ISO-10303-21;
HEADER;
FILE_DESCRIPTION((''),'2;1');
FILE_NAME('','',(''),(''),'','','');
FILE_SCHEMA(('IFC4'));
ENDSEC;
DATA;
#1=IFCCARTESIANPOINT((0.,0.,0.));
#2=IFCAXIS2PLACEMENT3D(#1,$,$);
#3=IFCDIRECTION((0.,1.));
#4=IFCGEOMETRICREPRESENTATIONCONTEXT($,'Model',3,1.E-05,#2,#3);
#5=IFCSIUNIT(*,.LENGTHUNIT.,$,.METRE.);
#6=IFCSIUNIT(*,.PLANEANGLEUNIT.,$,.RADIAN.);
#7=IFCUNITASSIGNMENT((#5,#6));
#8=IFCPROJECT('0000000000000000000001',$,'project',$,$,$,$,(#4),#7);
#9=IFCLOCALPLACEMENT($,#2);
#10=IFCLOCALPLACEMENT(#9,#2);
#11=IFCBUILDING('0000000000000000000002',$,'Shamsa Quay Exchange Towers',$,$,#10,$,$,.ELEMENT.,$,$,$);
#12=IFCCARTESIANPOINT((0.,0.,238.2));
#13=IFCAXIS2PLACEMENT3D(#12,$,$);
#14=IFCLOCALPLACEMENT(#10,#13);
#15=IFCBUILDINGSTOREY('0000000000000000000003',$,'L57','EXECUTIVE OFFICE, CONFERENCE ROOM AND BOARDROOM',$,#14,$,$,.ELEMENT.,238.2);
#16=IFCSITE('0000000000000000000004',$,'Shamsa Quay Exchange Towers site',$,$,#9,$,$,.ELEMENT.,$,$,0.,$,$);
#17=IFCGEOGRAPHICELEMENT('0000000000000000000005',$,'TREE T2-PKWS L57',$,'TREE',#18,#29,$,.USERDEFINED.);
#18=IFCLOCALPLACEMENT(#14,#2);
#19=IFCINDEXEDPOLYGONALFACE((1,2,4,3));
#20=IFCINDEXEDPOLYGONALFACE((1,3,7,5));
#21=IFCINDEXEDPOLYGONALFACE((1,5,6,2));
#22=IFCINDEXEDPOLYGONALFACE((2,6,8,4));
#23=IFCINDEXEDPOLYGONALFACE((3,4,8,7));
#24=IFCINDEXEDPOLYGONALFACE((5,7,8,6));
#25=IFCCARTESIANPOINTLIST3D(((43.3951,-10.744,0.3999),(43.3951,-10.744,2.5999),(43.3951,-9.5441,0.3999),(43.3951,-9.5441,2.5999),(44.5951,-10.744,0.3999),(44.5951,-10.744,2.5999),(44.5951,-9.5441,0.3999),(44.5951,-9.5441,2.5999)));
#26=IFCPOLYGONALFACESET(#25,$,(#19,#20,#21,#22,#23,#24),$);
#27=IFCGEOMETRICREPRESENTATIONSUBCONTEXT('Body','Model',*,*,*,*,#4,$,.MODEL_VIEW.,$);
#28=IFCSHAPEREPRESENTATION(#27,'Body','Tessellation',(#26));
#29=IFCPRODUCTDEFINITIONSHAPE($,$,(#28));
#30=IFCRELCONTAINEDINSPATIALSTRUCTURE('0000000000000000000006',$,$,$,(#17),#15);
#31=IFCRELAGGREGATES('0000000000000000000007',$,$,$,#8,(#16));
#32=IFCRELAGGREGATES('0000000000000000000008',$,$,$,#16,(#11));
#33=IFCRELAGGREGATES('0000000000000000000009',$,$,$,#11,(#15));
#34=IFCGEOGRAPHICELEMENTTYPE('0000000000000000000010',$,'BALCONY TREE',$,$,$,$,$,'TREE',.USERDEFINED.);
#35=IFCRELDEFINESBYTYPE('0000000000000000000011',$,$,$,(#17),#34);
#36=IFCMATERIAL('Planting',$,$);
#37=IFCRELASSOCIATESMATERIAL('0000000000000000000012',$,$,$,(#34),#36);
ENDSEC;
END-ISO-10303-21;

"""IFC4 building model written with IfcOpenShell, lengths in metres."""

from ifc_helpers import new_model, si_unit, direction, frame, origin, origin_2d, place, context, subcontext, project, spatial, rectangle, extrude, material, type_object, element, save


model = new_model("IFC4")

# Units and contexts
model_context = context("Model", 3, precision=1e-05, world=origin(), true_north=direction((0.0, 1.0)))
body_context = subcontext(model_context, "Body", "Model", "MODEL_VIEW")
ifc_project = project(units=[si_unit("LENGTHUNIT", "METRE"), si_unit("PLANEANGLEUNIT", "RADIAN")], contexts=[model_context])

# Site, building, storey
site_placement = place(None, origin())
site = spatial("IfcSite", under=ifc_project, at=site_placement, Name="Shamsa Quay Exchange Towers site", CompositionType="ELEMENT", RefElevation=0.0)
building_placement = place(site_placement, origin())
building = spatial("IfcBuilding", under=site, at=building_placement, Name="Shamsa Quay Exchange Towers", CompositionType="ELEMENT")
storey_placement = place(building_placement, frame((0.0, 0.0, 238.2)))
storey = spatial("IfcBuildingStorey", under=building, at=storey_placement, Name="L57", Description="EXECUTIVE OFFICE, CONFERENCE ROOM AND BOARDROOM", CompositionType="ELEMENT", Elevation=238.2)

# Geographic element
ifc_material_1 = material(Name="Planting")
geographic_element_type = type_object("IfcGeographicElementType", Name="BALCONY TREE", ElementType="TREE", PredefinedType="USERDEFINED", material=ifc_material_1)
geographic_element_placement = place(storey_placement, frame((43.9951, -10.144, 0.3999), z_axis=(0.0, 0.0, 1.0), x_axis=(0.0, 1.0, 0.0)))
element("IfcGeographicElement", 1, at=geographic_element_placement, inside=storey, type_object=geographic_element_type, Name="TREE T2-PKWS L57", ObjectType="TREE", PredefinedType="USERDEFINED", context=body_context, shape_type="SweptSolid", body=[
    extrude(rectangle(XDim=1.2, YDim=1.2, at=origin_2d()), origin(), (0.0, 0.0, 1.0), 2.2),
])

save(model, "model.ifc")
